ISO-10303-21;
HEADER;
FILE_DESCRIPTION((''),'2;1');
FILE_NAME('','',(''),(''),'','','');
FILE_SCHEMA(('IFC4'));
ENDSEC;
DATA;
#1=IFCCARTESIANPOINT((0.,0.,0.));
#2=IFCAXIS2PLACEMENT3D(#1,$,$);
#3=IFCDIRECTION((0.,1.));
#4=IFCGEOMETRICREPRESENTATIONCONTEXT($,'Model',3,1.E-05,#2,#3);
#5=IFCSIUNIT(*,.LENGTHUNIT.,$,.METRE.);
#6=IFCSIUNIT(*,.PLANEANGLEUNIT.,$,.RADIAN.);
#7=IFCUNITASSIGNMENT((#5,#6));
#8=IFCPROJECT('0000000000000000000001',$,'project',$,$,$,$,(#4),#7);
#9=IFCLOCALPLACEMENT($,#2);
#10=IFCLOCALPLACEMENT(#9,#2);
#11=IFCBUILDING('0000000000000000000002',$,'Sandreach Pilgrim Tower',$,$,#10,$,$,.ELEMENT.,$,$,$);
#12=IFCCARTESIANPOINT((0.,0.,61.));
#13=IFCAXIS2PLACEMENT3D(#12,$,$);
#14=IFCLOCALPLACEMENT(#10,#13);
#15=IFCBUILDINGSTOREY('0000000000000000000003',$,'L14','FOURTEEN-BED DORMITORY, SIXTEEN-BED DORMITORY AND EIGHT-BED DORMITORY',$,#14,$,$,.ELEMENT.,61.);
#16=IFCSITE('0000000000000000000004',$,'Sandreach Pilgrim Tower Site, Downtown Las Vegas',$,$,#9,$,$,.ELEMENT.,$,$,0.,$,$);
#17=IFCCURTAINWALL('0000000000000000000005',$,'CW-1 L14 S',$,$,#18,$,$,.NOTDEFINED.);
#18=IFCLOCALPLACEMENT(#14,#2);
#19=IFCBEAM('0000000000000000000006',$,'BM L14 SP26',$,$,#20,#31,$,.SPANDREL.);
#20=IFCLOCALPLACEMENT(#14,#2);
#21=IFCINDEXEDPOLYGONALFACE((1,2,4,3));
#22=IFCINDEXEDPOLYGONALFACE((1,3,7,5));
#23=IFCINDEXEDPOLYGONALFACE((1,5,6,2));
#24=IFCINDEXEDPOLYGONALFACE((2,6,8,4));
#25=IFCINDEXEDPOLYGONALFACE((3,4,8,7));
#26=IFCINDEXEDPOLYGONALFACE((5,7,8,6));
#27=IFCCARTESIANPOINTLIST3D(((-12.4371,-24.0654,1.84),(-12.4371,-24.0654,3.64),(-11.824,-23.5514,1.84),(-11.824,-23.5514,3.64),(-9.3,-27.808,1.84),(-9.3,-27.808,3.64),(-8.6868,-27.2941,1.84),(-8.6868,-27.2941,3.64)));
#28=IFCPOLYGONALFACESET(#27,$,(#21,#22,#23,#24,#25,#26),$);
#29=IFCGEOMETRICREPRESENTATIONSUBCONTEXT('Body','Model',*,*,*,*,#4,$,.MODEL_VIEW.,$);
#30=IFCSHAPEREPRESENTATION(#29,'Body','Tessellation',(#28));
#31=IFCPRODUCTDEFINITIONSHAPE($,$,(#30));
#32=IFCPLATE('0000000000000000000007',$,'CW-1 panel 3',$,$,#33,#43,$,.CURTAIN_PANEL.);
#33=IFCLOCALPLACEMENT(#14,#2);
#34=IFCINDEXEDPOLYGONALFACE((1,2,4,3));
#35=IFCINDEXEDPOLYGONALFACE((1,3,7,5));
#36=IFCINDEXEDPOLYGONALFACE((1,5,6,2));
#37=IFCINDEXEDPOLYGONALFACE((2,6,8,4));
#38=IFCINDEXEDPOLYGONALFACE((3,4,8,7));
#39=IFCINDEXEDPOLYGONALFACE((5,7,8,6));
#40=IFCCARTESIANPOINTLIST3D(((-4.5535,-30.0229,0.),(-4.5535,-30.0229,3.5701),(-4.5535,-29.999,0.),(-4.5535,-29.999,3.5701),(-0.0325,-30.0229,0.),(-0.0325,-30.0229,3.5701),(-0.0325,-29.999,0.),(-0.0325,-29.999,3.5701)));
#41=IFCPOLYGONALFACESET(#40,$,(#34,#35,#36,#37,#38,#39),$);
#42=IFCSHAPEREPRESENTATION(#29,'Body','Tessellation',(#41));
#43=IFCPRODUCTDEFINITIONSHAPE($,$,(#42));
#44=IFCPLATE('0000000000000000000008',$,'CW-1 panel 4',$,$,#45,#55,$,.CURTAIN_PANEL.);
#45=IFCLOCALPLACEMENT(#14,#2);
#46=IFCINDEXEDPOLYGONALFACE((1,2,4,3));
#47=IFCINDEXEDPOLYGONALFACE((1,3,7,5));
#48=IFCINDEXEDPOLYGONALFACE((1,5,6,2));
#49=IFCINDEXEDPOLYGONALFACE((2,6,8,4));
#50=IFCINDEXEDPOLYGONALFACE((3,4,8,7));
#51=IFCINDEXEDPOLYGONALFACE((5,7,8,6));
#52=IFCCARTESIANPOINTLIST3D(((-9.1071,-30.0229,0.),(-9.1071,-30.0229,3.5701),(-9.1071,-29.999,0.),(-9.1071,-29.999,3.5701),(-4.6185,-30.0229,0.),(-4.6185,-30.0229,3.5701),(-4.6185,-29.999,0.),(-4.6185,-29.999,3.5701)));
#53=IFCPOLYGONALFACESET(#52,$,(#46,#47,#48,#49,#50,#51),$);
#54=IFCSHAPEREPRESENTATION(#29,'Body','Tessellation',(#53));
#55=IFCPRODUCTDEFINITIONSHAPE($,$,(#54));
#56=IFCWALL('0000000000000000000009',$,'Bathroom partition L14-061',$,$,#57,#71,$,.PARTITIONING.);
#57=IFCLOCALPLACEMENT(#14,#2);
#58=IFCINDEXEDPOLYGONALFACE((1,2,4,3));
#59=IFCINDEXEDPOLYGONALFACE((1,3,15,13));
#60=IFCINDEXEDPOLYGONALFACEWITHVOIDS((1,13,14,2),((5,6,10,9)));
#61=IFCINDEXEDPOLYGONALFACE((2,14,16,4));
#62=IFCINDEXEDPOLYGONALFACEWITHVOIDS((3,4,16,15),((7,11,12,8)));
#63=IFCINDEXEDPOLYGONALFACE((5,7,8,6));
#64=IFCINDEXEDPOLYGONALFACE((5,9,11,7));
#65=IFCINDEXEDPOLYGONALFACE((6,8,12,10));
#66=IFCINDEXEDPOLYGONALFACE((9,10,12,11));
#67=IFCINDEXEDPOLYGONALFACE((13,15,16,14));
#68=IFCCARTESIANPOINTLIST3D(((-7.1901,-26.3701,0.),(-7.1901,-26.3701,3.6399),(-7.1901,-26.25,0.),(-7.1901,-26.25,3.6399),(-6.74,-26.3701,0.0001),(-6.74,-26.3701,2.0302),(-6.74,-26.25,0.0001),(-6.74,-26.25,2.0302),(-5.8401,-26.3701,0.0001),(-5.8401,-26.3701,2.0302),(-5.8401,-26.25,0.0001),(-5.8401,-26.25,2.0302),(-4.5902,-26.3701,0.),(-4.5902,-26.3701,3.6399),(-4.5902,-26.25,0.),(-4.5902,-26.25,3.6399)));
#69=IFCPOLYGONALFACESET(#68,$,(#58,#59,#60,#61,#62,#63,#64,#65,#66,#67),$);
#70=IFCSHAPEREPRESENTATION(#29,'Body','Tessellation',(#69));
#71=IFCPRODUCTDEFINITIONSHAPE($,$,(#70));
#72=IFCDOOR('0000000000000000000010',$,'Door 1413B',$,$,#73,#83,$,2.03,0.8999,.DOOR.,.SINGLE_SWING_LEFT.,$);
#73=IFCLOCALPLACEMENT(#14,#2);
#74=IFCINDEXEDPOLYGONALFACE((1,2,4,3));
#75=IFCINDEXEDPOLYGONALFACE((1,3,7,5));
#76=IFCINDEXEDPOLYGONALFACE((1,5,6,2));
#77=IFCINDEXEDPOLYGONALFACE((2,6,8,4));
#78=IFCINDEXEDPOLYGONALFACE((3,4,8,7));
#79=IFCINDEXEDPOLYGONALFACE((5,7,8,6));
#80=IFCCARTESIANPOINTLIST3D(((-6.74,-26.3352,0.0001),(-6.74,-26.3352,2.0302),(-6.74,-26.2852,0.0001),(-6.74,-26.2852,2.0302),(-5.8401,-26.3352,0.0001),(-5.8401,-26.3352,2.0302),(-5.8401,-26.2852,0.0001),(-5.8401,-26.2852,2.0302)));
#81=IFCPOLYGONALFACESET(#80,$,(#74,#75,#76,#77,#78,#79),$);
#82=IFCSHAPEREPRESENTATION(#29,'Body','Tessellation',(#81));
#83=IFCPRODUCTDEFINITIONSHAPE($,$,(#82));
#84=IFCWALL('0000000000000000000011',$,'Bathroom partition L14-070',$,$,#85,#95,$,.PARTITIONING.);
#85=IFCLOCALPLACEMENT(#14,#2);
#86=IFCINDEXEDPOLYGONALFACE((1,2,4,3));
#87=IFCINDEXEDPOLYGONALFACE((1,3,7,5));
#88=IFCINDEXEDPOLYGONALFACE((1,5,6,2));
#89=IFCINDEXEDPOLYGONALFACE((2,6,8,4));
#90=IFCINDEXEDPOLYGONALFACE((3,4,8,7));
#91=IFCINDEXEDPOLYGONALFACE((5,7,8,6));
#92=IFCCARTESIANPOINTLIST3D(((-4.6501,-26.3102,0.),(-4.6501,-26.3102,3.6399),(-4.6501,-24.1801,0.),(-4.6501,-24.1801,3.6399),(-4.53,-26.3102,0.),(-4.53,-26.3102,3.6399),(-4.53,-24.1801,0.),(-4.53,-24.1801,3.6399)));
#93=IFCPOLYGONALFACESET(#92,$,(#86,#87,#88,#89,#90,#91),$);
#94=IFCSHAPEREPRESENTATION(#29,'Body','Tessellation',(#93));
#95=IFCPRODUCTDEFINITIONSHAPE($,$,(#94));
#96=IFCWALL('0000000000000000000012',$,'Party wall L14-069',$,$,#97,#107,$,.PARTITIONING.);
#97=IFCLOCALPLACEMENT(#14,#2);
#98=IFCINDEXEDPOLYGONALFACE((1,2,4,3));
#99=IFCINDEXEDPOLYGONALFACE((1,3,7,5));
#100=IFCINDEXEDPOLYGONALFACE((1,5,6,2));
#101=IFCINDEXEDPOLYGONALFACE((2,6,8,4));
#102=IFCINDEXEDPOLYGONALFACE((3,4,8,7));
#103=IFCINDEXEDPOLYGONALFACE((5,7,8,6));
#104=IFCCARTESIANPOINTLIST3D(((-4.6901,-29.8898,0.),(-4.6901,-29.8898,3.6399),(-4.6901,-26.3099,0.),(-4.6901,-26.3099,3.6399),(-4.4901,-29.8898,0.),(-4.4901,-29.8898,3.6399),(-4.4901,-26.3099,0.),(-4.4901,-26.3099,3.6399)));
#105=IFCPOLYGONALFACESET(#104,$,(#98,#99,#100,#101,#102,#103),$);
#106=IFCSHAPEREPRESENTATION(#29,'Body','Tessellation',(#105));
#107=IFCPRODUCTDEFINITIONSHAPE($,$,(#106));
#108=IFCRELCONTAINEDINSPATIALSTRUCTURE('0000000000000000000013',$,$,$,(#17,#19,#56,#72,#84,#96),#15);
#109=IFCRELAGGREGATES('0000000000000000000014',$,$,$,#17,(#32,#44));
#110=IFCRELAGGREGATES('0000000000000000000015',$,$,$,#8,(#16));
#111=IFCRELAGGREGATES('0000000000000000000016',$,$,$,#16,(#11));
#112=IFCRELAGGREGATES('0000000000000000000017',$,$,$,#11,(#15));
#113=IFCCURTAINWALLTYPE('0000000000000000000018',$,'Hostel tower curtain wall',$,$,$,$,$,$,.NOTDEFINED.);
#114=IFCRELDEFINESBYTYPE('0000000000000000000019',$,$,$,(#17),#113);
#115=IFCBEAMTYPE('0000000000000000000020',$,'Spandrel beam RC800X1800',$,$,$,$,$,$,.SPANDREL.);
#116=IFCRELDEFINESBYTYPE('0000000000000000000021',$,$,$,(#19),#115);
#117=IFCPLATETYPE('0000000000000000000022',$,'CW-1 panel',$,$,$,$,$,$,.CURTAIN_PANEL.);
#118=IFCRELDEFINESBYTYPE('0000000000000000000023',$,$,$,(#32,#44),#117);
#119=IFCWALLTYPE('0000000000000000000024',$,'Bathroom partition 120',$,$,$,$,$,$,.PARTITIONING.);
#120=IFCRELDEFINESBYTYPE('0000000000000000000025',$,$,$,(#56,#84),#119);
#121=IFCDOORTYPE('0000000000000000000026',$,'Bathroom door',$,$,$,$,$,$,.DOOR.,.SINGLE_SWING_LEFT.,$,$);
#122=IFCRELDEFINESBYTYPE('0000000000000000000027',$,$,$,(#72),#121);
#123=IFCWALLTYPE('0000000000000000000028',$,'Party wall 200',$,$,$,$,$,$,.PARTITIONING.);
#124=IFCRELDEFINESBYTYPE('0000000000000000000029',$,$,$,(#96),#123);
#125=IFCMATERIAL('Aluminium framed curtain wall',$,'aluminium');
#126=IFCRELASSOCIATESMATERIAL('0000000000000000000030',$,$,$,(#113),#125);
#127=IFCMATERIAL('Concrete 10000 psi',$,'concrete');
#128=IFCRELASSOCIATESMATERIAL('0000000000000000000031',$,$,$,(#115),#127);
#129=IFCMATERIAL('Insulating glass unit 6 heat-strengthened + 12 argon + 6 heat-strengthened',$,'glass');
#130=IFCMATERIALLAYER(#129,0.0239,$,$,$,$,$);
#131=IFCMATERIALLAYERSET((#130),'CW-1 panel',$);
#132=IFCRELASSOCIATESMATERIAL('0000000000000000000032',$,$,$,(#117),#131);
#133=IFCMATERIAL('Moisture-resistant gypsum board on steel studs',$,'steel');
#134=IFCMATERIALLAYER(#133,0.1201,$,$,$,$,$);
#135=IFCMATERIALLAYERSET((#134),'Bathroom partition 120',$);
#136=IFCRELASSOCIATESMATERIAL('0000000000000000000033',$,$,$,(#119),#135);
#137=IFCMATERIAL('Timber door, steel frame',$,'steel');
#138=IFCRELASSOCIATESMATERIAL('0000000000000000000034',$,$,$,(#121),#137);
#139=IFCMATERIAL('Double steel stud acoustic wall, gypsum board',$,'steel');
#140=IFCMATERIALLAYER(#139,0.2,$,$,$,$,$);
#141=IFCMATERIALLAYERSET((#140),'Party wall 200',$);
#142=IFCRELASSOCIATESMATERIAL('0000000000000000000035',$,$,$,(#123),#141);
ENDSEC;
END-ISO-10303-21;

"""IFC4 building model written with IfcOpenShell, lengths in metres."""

from ifc_helpers import new_model, si_unit, direction, frame, frame_2d, origin, origin_2d, place, context, subcontext, project, spatial, rectangle, extrude, material, layer, layer_set, material_profile, profile_set, type_object, element, fill, aggregate, save


model = new_model("IFC4")

# Units and contexts
model_context = context("Model", 3, precision=1e-05, world=origin(), true_north=direction((0.0, 1.0)))
body_context = subcontext(model_context, "Body", "Model", "MODEL_VIEW")
ifc_project = project(units=[si_unit("LENGTHUNIT", "METRE"), si_unit("PLANEANGLEUNIT", "RADIAN")], contexts=[model_context])

# Site, building, storey
site_placement = place(None, origin())
site = spatial("IfcSite", under=ifc_project, at=site_placement, Name="Sandreach Pilgrim Tower Site, Downtown Las Vegas", CompositionType="ELEMENT", RefElevation=0.0)
building_placement = place(site_placement, origin())
building = spatial("IfcBuilding", under=site, at=building_placement, Name="Sandreach Pilgrim Tower", CompositionType="ELEMENT")
storey_placement = place(building_placement, frame((0.0, 0.0, 61.0)))
storey = spatial("IfcBuildingStorey", under=building, at=storey_placement, Name="L14", Description="FOURTEEN-BED DORMITORY, SIXTEEN-BED DORMITORY AND EIGHT-BED DORMITORY", CompositionType="ELEMENT", Elevation=61.0)

# Curtain wall
ifc_material_1 = material(Name="Aluminium framed curtain wall", Category="aluminium")
curtain_wall_type = type_object("IfcCurtainWallType", Name="Hostel tower curtain wall", PredefinedType="NOTDEFINED", material=ifc_material_1)
curtain_wall_placement = place(storey_placement, origin())
curtain_wall = element("IfcCurtainWall", 1, at=curtain_wall_placement, inside=storey, type_object=curtain_wall_type, Name="CW-1 L14 S", PredefinedType="NOTDEFINED")

# Beam
ifc_material_2 = material(Name="Concrete 10000 psi", Category="concrete")
ifc_material_profile_1 = material_profile(ifc_material_2, rectangle(XDim=0.8, YDim=1.8, at=origin_2d()), Name="RC800X1800")
ifc_profile_set_1 = profile_set([ifc_material_profile_1], Name="Concrete 10000 psi")
beam_type_1 = type_object("IfcBeamType", Name="Spandrel beam RC800X1800", PredefinedType="SPANDREL", material=ifc_profile_set_1)
beam_1_placement = place(storey_placement, frame((-8.9934, -27.551, 2.74), z_axis=(-0.642394, 0.766374, 0.0), x_axis=(-0.766374, -0.642394, 0.0)))
element("IfcBeam", 2, at=beam_1_placement, inside=storey, type_object=beam_type_1, Name="BM L14 SP26", PredefinedType="SPANDREL", context=body_context, shape_type="SweptSolid", body=[
    extrude(rectangle(XDim=0.8, YDim=1.8, at=origin_2d()), origin(), (0.0, 0.0, 1.0), 4.8835),
])

# Plates
ifc_material_3 = material(Name="Insulating glass unit 6 heat-strengthened + 12 argon + 6 heat-strengthened", Category="glass")
ifc_layer_1 = layer(ifc_material_3, 0.0239)
ifc_layer_set_1 = layer_set([ifc_layer_1], Name="CW-1 panel")
plate_type = type_object("IfcPlateType", Name="CW-1 panel", PredefinedType="CURTAIN_PANEL", material=ifc_layer_set_1)
plate_1_placement = place(storey_placement, frame((-2.293, -30.011, 0.0), z_axis=(0.0, 0.0, 1.0), x_axis=(-1.0, 0.0, 0.0)))
plate_1 = element("IfcPlate", 3, at=plate_1_placement, type_object=plate_type, Name="CW-1 panel 3", PredefinedType="CURTAIN_PANEL", context=body_context, shape_type="SweptSolid", body=[
    extrude(rectangle(XDim=4.521, YDim=0.0239, at=origin_2d()), origin(), (0.0, 0.0, 1.0), 3.5701),
])
plate_2_placement = place(storey_placement, frame((-6.8628, -30.011, 0.0), z_axis=(0.0, 0.0, 1.0), x_axis=(-1.0, 0.0, 0.0)))
plate_2 = element("IfcPlate", 4, at=plate_2_placement, type_object=plate_type, Name="CW-1 panel 4", PredefinedType="CURTAIN_PANEL", context=body_context, shape_type="SweptSolid", body=[
    extrude(rectangle(XDim=4.4885, YDim=0.0239, at=origin_2d()), origin(), (0.0, 0.0, 1.0), 3.5701),
])
aggregate(curtain_wall, [plate_1, plate_2])

# Wall, opening, door
ifc_material_4 = material(Name="Moisture-resistant gypsum board on steel studs", Category="steel")
ifc_layer_2 = layer(ifc_material_4, 0.1201)
ifc_layer_set_2 = layer_set([ifc_layer_2], Name="Bathroom partition 120")
wall_type_1 = type_object("IfcWallType", Name="Bathroom partition 120", PredefinedType="PARTITIONING", material=ifc_layer_set_2)
wall_1_placement = place(storey_placement, frame((-7.1899, -26.3101, 0.0), z_axis=(0.0, 0.0, 1.0), x_axis=(1.0, 0.0, 0.0)))
wall_1 = element("IfcWall", 5, at=wall_1_placement, inside=storey, type_object=wall_type_1, Name="Bathroom partition L14-061", PredefinedType="PARTITIONING", context=body_context, shape_type="SweptSolid", body=[
    extrude(rectangle(XDim=2.5999, YDim=0.1201, at=frame_2d((1.2998, 0.0))), origin(), (0.0, 0.0, 1.0), 3.6399),
])
opening_placement = place(wall_1_placement, frame((0.45, 0.0, 0.0)))
opening = element("IfcOpeningElement", 6, at=opening_placement, cuts=wall_1, PredefinedType="OPENING", context=body_context, shape_type="SweptSolid", body=[
    extrude(rectangle(XDim=0.8999, YDim=2.03, at=frame_2d((0.45, 1.0151))), frame((0.0, 0.0601, 0.0), z_axis=(0.0, -1.0, 0.0), x_axis=(1.0, 0.0, 0.0)), (0.0, 0.0, 1.0), 0.1201),
])
ifc_material_5 = material(Name="Timber door, steel frame", Category="steel")
door_type = type_object("IfcDoorType", Name="Bathroom door", OperationType="SINGLE_SWING_LEFT", PredefinedType="DOOR", material=ifc_material_5)
door_placement = place(opening_placement, origin())
door = element("IfcDoor", 7, at=door_placement, inside=storey, type_object=door_type, Name="Door 1413B", OperationType="SINGLE_SWING_LEFT", OverallHeight=2.03, OverallWidth=0.8999, PredefinedType="DOOR", context=body_context, shape_type="SweptSolid", body=[
    extrude(rectangle(XDim=0.8999, YDim=2.03, at=frame_2d((0.45, 1.0151))), frame((0.0, 0.0249, 0.0), z_axis=(0.0, -1.0, 0.0), x_axis=(1.0, 0.0, 0.0)), (0.0, 0.0, 1.0), 0.05),
])
fill(opening, door)

# Walls
wall_2_placement = place(storey_placement, frame((-4.5901, -26.3101, 0.0), z_axis=(0.0, 0.0, 1.0), x_axis=(0.0, 1.0, 0.0)))
element("IfcWall", 8, at=wall_2_placement, inside=storey, type_object=wall_type_1, Name="Bathroom partition L14-070", PredefinedType="PARTITIONING", context=body_context, shape_type="SweptSolid", body=[
    extrude(rectangle(XDim=2.1301, YDim=0.1201, at=frame_2d((1.0649, 0.0))), origin(), (0.0, 0.0, 1.0), 3.6399),
])
ifc_material_6 = material(Name="Double steel stud acoustic wall, gypsum board", Category="steel")
ifc_layer_3 = layer(ifc_material_6, 0.2)
ifc_layer_set_3 = layer_set([ifc_layer_3], Name="Party wall 200")
wall_type_2 = type_object("IfcWallType", Name="Party wall 200", PredefinedType="PARTITIONING", material=ifc_layer_set_3)
wall_3_placement = place(storey_placement, frame((-4.5901, -29.8899, 0.0), z_axis=(0.0, 0.0, 1.0), x_axis=(0.0, 1.0, 0.0)))
element("IfcWall", 9, at=wall_3_placement, inside=storey, type_object=wall_type_2, Name="Party wall L14-069", PredefinedType="PARTITIONING", context=body_context, shape_type="SweptSolid", body=[
    extrude(rectangle(XDim=3.5798, YDim=0.2, at=frame_2d((1.79, 0.0))), origin(), (0.0, 0.0, 1.0), 3.6399),
])

save(model, "model.ifc")
